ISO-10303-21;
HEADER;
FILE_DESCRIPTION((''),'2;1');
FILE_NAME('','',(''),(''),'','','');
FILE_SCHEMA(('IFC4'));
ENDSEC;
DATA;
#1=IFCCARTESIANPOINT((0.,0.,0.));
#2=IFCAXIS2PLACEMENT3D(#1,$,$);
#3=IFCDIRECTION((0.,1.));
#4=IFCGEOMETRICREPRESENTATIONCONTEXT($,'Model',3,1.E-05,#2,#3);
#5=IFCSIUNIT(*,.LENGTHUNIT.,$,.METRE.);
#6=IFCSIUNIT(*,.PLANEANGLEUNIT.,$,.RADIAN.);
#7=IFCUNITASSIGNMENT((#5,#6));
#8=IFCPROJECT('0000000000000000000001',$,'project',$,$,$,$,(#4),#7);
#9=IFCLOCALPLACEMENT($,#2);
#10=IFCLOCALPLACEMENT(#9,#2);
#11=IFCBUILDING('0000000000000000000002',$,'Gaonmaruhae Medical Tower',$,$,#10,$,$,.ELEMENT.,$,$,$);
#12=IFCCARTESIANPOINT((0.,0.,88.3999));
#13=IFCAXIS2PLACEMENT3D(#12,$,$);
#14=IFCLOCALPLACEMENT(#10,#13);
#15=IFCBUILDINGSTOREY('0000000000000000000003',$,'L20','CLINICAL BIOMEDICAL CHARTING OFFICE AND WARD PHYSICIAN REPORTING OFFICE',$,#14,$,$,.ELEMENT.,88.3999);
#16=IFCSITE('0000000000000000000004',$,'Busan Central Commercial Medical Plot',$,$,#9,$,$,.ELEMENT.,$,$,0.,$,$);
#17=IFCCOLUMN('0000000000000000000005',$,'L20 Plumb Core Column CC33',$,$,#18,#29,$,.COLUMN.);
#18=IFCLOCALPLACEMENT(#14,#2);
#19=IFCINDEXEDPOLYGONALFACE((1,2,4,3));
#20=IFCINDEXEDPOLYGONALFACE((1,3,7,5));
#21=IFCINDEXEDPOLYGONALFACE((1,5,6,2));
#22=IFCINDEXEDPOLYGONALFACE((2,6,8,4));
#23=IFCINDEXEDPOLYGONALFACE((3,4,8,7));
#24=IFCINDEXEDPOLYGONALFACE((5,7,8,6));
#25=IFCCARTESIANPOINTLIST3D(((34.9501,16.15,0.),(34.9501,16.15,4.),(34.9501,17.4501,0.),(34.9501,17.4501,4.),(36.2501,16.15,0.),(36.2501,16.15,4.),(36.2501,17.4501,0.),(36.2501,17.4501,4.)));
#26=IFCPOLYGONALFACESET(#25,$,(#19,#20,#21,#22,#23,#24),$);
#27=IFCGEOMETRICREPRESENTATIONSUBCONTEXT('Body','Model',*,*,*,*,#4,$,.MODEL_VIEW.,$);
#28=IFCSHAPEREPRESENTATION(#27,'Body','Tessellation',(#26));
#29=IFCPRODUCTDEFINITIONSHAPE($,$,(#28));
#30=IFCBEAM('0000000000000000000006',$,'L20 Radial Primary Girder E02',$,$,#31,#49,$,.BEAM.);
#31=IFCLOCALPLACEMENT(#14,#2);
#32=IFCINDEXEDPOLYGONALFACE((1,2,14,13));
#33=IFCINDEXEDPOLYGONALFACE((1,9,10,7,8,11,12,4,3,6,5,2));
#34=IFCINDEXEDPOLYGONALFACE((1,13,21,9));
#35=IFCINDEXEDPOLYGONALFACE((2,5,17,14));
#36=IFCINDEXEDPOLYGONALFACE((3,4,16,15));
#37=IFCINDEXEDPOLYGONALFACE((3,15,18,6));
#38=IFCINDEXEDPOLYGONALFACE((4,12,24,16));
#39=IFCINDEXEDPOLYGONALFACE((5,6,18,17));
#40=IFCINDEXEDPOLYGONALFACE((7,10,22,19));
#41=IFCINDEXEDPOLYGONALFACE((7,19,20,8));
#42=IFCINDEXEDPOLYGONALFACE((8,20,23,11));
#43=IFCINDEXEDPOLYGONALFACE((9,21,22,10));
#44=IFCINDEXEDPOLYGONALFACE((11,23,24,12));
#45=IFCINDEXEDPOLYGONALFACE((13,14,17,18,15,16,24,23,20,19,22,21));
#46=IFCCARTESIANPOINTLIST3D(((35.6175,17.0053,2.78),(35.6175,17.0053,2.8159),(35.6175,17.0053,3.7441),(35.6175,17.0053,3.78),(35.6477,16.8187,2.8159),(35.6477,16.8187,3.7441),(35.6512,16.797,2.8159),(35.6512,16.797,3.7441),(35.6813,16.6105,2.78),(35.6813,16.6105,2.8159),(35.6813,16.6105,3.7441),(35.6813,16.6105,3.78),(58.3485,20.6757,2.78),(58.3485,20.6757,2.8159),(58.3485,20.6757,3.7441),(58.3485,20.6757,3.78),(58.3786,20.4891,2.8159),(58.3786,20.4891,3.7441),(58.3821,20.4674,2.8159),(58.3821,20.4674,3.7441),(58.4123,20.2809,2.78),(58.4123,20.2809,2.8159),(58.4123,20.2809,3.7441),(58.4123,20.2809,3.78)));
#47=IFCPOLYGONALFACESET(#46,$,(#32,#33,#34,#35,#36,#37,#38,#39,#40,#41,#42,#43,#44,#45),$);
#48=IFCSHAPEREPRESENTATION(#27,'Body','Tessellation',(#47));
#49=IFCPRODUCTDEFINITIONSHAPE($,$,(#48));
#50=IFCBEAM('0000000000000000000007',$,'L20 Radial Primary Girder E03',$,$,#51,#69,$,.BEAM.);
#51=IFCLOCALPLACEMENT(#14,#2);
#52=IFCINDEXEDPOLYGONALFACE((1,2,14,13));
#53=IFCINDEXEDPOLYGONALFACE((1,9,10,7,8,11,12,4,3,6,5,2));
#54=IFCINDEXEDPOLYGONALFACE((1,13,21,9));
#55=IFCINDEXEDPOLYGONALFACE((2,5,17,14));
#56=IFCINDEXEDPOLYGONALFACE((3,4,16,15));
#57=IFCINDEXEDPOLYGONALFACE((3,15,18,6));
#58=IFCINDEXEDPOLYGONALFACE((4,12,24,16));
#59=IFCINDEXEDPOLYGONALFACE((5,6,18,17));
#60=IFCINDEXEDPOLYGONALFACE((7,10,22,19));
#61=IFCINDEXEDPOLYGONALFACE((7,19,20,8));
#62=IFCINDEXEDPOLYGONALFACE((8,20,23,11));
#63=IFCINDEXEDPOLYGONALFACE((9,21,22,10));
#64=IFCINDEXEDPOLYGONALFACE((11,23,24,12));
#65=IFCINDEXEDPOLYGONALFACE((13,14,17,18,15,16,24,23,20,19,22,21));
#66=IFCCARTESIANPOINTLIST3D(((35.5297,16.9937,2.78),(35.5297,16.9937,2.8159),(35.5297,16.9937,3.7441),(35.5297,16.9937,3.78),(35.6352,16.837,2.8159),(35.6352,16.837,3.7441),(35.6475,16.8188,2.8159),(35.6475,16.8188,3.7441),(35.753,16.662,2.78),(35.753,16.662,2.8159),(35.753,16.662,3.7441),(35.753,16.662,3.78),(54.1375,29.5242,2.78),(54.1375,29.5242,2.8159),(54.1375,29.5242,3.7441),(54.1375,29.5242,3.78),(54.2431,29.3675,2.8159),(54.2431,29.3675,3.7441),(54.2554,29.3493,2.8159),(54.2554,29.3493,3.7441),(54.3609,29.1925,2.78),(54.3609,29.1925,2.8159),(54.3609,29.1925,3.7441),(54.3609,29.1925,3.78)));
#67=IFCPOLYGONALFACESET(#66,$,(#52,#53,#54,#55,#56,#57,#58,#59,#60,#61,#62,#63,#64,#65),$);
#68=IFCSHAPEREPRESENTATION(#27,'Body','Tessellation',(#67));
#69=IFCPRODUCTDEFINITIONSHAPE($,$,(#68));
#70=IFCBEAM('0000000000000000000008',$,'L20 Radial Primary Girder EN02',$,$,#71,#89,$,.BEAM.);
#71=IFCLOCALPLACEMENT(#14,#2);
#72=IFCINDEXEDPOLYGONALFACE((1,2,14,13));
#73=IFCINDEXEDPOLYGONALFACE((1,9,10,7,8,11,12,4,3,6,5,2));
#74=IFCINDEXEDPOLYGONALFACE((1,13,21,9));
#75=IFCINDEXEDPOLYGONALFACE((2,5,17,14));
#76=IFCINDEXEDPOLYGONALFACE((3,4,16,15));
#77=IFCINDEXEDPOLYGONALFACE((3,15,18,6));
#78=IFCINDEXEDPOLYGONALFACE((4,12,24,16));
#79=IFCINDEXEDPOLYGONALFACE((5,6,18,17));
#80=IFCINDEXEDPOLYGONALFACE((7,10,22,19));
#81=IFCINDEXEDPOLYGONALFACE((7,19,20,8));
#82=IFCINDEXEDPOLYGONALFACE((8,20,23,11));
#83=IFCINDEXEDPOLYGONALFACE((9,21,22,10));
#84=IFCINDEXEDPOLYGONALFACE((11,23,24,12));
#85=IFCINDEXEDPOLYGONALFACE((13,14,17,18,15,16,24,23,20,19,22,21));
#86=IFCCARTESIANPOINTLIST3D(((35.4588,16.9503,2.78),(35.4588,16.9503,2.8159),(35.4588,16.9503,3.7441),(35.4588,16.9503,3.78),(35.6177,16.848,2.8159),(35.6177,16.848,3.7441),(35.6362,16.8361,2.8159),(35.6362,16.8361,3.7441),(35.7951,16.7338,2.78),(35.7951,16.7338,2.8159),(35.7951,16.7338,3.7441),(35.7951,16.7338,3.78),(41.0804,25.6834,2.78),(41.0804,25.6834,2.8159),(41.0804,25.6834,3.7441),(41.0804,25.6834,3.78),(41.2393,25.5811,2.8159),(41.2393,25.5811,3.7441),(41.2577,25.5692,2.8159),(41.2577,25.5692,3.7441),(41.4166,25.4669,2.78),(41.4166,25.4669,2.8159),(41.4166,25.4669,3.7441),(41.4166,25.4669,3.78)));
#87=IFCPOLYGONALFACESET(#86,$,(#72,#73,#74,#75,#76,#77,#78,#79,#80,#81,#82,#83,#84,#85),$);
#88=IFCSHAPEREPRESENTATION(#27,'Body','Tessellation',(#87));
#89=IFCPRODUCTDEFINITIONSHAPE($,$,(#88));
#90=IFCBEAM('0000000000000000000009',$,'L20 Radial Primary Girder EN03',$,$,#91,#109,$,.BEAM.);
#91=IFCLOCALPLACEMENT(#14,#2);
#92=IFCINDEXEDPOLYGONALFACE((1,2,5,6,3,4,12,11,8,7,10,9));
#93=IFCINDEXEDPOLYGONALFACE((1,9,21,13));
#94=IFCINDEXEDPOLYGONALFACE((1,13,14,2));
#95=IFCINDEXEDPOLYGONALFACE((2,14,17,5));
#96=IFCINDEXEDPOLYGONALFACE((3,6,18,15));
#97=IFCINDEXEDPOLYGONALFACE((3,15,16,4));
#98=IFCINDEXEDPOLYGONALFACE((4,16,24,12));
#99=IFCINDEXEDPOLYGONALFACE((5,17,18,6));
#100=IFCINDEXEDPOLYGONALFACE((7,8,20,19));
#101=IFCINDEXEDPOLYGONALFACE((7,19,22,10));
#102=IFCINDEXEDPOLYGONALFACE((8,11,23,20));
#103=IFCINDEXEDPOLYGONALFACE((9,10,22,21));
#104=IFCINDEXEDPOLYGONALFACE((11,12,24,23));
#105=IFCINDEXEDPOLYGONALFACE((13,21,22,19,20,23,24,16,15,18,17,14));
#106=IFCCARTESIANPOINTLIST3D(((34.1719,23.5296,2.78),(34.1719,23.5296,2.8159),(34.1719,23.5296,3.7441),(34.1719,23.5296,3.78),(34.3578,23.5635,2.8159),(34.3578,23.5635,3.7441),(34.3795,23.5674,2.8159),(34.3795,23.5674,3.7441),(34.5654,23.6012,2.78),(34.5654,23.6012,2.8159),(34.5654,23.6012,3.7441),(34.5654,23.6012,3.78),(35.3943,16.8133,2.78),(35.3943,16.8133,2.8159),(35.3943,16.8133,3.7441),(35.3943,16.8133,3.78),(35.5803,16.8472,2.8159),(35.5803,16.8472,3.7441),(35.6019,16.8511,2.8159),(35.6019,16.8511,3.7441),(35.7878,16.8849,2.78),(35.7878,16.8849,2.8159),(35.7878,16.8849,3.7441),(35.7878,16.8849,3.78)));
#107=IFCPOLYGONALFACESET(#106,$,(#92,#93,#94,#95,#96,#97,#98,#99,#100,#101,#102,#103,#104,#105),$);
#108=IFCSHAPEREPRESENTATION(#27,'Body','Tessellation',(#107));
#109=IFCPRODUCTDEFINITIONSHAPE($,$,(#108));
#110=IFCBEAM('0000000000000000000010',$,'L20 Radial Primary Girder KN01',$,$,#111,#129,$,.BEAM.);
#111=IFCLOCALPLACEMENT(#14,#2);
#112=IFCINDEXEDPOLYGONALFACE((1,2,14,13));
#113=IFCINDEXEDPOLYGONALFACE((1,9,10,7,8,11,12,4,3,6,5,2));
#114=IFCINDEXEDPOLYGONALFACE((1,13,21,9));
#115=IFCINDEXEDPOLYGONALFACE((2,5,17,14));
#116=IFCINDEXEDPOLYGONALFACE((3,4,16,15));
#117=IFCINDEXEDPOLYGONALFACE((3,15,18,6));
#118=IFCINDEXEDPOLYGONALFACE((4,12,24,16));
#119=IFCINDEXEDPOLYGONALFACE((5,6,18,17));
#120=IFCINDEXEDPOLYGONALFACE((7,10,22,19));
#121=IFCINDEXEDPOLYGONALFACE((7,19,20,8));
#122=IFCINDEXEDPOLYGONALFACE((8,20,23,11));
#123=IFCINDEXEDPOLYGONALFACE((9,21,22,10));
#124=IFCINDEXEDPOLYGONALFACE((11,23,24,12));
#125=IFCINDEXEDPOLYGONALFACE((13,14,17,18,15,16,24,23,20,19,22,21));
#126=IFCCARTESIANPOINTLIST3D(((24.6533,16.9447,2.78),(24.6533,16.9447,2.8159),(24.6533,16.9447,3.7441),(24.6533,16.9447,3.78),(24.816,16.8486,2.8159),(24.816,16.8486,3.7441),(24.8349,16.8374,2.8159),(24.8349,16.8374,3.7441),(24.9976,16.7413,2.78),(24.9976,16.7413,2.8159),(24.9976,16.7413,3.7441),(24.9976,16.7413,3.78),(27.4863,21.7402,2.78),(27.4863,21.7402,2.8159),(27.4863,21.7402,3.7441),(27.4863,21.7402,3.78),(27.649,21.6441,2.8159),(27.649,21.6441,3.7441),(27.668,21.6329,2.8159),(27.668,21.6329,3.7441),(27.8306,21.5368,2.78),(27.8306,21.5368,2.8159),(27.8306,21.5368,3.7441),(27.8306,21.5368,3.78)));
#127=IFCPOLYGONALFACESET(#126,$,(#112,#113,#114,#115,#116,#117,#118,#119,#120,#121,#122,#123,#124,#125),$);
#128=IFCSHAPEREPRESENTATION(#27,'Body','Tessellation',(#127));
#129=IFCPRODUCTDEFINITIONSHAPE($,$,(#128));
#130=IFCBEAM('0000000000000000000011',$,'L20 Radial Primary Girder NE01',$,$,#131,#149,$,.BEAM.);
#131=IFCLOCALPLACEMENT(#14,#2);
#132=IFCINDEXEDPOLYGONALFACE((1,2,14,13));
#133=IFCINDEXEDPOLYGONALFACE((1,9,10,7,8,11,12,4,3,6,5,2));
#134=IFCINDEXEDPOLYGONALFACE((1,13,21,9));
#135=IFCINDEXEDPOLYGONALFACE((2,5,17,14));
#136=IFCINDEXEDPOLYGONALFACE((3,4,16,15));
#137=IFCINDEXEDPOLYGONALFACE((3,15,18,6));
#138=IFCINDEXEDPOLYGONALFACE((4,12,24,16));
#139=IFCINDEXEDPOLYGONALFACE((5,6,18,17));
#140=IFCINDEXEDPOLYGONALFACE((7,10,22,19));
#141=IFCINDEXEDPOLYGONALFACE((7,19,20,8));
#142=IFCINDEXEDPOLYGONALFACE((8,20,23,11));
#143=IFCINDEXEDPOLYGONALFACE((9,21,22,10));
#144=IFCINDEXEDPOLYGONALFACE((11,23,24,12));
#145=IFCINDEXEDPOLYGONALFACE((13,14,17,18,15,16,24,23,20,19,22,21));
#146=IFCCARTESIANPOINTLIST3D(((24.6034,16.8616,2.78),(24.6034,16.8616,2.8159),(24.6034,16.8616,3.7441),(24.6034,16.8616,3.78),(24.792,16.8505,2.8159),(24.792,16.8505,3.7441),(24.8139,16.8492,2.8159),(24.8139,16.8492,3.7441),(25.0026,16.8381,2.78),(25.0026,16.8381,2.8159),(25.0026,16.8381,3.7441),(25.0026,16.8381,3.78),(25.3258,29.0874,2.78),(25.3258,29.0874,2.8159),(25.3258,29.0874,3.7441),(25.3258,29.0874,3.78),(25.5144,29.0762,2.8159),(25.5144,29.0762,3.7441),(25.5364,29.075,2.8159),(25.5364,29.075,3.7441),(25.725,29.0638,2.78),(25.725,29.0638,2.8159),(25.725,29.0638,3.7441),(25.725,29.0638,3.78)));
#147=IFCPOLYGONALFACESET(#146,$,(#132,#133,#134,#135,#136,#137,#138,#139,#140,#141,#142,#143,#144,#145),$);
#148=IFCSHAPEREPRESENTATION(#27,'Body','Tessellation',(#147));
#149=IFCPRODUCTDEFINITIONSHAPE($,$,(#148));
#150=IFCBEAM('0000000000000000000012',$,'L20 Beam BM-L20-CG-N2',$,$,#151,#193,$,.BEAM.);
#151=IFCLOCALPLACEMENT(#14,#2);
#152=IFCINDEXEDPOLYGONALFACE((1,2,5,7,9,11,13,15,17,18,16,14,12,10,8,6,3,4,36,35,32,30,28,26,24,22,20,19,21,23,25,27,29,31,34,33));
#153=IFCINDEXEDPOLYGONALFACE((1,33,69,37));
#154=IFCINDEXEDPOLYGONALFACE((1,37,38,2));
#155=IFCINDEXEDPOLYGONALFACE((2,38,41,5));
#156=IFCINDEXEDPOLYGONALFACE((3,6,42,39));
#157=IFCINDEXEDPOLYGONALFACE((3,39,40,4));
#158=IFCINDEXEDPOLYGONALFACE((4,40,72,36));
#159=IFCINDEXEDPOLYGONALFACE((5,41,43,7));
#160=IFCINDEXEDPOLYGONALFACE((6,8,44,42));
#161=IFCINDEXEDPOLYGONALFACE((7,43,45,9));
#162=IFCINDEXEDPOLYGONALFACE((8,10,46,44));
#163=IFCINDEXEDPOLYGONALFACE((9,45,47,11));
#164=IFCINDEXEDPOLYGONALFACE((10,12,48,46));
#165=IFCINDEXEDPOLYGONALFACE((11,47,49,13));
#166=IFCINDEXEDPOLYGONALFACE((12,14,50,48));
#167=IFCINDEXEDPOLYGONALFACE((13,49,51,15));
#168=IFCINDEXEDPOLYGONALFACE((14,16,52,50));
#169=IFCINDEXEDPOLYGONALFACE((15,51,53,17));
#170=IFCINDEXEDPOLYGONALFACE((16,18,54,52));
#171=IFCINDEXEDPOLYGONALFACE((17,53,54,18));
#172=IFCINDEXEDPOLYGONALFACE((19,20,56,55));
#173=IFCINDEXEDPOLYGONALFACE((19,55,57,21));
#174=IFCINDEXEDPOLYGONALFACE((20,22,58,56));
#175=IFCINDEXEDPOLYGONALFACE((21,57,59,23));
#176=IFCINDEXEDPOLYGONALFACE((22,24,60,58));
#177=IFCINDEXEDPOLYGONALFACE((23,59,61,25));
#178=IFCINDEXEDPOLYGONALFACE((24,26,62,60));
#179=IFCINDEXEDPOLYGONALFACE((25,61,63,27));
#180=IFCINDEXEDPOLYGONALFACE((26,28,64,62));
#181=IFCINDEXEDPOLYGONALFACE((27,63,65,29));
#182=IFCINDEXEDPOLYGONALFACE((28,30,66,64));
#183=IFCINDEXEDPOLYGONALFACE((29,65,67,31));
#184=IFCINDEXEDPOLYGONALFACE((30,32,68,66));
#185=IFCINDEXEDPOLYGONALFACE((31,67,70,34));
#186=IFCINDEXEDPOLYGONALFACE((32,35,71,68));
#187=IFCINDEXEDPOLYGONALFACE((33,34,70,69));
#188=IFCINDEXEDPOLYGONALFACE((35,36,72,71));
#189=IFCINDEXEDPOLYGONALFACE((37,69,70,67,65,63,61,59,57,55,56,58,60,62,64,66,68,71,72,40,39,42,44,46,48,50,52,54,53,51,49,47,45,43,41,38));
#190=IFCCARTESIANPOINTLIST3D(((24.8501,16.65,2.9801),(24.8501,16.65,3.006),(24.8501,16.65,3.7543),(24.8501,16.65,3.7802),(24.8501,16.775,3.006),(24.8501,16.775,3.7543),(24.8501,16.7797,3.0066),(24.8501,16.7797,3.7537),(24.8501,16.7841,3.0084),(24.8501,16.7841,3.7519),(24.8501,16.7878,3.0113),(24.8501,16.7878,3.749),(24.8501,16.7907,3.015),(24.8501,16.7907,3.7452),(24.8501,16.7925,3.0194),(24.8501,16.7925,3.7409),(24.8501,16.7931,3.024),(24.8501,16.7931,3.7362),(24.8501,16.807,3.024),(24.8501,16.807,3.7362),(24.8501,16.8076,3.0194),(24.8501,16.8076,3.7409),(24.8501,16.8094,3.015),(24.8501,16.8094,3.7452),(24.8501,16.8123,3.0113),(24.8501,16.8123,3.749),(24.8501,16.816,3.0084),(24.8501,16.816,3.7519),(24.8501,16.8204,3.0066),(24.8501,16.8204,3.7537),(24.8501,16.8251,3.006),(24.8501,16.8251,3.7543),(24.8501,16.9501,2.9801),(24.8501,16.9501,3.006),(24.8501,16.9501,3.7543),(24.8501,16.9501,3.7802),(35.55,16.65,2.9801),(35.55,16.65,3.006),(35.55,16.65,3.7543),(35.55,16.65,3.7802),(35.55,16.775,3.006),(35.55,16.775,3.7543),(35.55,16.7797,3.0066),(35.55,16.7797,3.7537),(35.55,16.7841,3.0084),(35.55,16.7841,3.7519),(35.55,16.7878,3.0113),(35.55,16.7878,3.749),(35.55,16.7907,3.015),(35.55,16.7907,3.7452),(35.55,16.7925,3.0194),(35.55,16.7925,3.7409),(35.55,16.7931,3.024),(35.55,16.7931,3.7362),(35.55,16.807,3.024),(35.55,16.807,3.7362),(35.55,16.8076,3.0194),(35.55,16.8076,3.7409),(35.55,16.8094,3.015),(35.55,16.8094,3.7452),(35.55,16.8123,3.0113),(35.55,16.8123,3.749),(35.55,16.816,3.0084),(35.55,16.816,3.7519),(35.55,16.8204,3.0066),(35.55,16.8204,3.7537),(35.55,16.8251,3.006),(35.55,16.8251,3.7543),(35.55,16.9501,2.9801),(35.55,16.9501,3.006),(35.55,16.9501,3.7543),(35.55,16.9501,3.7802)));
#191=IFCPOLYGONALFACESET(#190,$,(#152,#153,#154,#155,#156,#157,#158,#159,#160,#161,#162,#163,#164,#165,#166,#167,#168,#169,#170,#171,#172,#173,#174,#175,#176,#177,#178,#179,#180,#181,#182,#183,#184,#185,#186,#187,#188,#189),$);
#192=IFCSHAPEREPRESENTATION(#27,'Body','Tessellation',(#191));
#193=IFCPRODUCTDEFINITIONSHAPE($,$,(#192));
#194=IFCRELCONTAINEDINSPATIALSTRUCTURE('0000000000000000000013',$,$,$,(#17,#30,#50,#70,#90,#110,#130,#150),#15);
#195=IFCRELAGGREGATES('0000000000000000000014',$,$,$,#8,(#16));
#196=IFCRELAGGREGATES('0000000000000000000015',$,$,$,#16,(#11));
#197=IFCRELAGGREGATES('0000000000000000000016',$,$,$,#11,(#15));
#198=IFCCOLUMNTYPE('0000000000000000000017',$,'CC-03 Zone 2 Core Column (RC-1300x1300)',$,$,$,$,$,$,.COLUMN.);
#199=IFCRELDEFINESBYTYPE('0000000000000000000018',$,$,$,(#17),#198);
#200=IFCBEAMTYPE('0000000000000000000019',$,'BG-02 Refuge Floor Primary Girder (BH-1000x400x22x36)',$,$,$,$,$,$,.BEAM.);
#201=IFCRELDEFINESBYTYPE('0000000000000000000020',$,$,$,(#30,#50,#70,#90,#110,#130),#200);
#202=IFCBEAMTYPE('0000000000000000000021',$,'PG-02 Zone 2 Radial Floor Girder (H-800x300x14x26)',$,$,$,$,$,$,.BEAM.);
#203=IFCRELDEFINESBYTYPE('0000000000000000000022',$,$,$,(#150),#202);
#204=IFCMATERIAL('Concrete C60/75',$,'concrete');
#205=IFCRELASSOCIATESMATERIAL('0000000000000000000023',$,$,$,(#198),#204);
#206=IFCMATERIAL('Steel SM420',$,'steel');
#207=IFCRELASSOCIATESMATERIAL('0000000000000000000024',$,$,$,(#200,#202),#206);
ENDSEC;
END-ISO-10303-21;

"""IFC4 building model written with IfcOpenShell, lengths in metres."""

from ifc_helpers import new_model, si_unit, direction, frame, origin, origin_2d, place, context, subcontext, project, spatial, rectangle, i_section, extrude, material, material_profile, profile_set, type_object, element, save


model = new_model("IFC4")

# Units and contexts
model_context = context("Model", 3, precision=1e-05, world=origin(), true_north=direction((0.0, 1.0)))
body_context = subcontext(model_context, "Body", "Model", "MODEL_VIEW")
ifc_project = project(units=[si_unit("LENGTHUNIT", "METRE"), si_unit("PLANEANGLEUNIT", "RADIAN")], contexts=[model_context])

# Site, building, storey
site_placement = place(None, origin())
site = spatial("IfcSite", under=ifc_project, at=site_placement, Name="Busan Central Commercial Medical Plot", CompositionType="ELEMENT", RefElevation=0.0)
building_placement = place(site_placement, origin())
building = spatial("IfcBuilding", under=site, at=building_placement, Name="Gaonmaruhae Medical Tower", CompositionType="ELEMENT")
storey_placement = place(building_placement, frame((0.0, 0.0, 88.3999)))
storey = spatial("IfcBuildingStorey", under=building, at=storey_placement, Name="L20", Description="CLINICAL BIOMEDICAL CHARTING OFFICE AND WARD PHYSICIAN REPORTING OFFICE", CompositionType="ELEMENT", Elevation=88.3999)

# Column
ifc_material_1 = material(Name="Concrete C60/75", Category="concrete")
ifc_material_profile_1 = material_profile(ifc_material_1, rectangle(XDim=1.3, YDim=1.3, at=origin_2d()), Name="RC-1300x1300")
ifc_profile_set_1 = profile_set([ifc_material_profile_1], Name="Concrete C60/75")
column_type = type_object("IfcColumnType", Name="CC-03 Zone 2 Core Column (RC-1300x1300)", PredefinedType="COLUMN", material=ifc_profile_set_1)
column_placement = place(storey_placement, frame((35.6001, 16.8, 0.0), z_axis=(0.0, 0.0, 1.0), x_axis=(1.0, 0.0, 0.0)))
element("IfcColumn", 1, at=column_placement, inside=storey, type_object=column_type, Name="L20 Plumb Core Column CC33", PredefinedType="COLUMN", context=body_context, shape_type="SweptSolid", body=[
    extrude(rectangle(XDim=1.3, YDim=1.3, at=origin_2d()), origin(), (0.0, 0.0, 1.0), 4.0),
])

# Beams
ifc_material_2 = material(Name="Steel SM420", Category="steel")
ifc_material_profile_2 = material_profile(ifc_material_2, i_section(OverallWidth=0.3999, OverallDepth=1.0, WebThickness=0.022, FlangeThickness=0.0359, at=origin_2d()), Name="BH-1000x400x22x36")
ifc_profile_set_2 = profile_set([ifc_material_profile_2], Name="Steel SM420")
beam_type_1 = type_object("IfcBeamType", Name="BG-02 Refuge Floor Primary Girder (BH-1000x400x22x36)", PredefinedType="BEAM", material=ifc_profile_set_2)
beam_1_placement = place(storey_placement, frame((35.6494, 16.8079, 3.28), z_axis=(0.987213, 0.159407, 0.0), x_axis=(-0.159407, 0.987213, 0.0)))
element("IfcBeam", 2, at=beam_1_placement, inside=storey, type_object=beam_type_1, Name="L20 Radial Primary Girder E02", PredefinedType="BEAM", context=body_context, shape_type="SweptSolid", body=[
    extrude(i_section(OverallWidth=0.3999, OverallDepth=1.0, WebThickness=0.022, FlangeThickness=0.0359, at=origin_2d()), origin(), (0.0, 0.0, 1.0), 23.0254),
])
beam_2_placement = place(storey_placement, frame((35.6414, 16.8279, 3.28), z_axis=(0.829465, 0.558559, 0.0), x_axis=(-0.558559, 0.829465, 0.0)))
element("IfcBeam", 3, at=beam_2_placement, inside=storey, type_object=beam_type_1, Name="L20 Radial Primary Girder E03", PredefinedType="BEAM", context=body_context, shape_type="SweptSolid", body=[
    extrude(i_section(OverallWidth=0.3999, OverallDepth=1.0, WebThickness=0.022, FlangeThickness=0.0359, at=origin_2d()), origin(), (0.0, 0.0, 1.0), 22.4336),
])
beam_3_placement = place(storey_placement, frame((35.627, 16.842, 3.28), z_axis=(0.541262, 0.840854, 0.0), x_axis=(-0.840854, 0.541262, 0.0)))
element("IfcBeam", 4, at=beam_3_placement, inside=storey, type_object=beam_type_1, Name="L20 Radial Primary Girder EN02", PredefinedType="BEAM", context=body_context, shape_type="SweptSolid", body=[
    extrude(i_section(OverallWidth=0.3999, OverallDepth=1.0, WebThickness=0.022, FlangeThickness=0.0359, at=origin_2d()), origin(), (0.0, 0.0, 1.0), 10.386),
])
beam_4_placement = place(storey_placement, frame((35.5911, 16.8491, 3.28), z_axis=(-0.179065, 0.983837, 0.0), x_axis=(-0.983837, -0.179065, 0.0)))
element("IfcBeam", 5, at=beam_4_placement, inside=storey, type_object=beam_type_1, Name="L20 Radial Primary Girder EN03", PredefinedType="BEAM", context=body_context, shape_type="SweptSolid", body=[
    extrude(i_section(OverallWidth=0.3999, OverallDepth=1.0, WebThickness=0.022, FlangeThickness=0.0359, at=origin_2d()), origin(), (0.0, 0.0, 1.0), 6.8267),
])
beam_5_placement = place(storey_placement, frame((24.8254, 16.843, 3.28), z_axis=(0.508644, 0.860977, 0.0), x_axis=(-0.860977, 0.508644, 0.0)))
element("IfcBeam", 6, at=beam_5_placement, inside=storey, type_object=beam_type_1, Name="L20 Radial Primary Girder KN01", PredefinedType="BEAM", context=body_context, shape_type="SweptSolid", body=[
    extrude(i_section(OverallWidth=0.3999, OverallDepth=1.0, WebThickness=0.022, FlangeThickness=0.0359, at=origin_2d()), origin(), (0.0, 0.0, 1.0), 5.5698),
])
beam_6_placement = place(storey_placement, frame((24.803, 16.8499, 3.28), z_axis=(0.058986, 0.998259, 0.0), x_axis=(-0.998259, 0.058986, 0.0)))
element("IfcBeam", 7, at=beam_6_placement, inside=storey, type_object=beam_type_1, Name="L20 Radial Primary Girder NE01", PredefinedType="BEAM", context=body_context, shape_type="SweptSolid", body=[
    extrude(i_section(OverallWidth=0.3999, OverallDepth=1.0, WebThickness=0.022, FlangeThickness=0.0359, at=origin_2d()), origin(), (0.0, 0.0, 1.0), 12.2471),
])
ifc_material_profile_3 = material_profile(ifc_material_2, i_section(OverallWidth=0.3, OverallDepth=0.8, WebThickness=0.0139, FlangeThickness=0.0259, FilletRadius=0.0181, at=origin_2d()), Name="H-800x300x14x26")
ifc_profile_set_3 = profile_set([ifc_material_profile_3], Name="Steel SM420")
beam_type_2 = type_object("IfcBeamType", Name="PG-02 Zone 2 Radial Floor Girder (H-800x300x14x26)", PredefinedType="BEAM", material=ifc_profile_set_3)
beam_7_placement = place(storey_placement, frame((24.8501, 16.8, 3.3801), z_axis=(1.0, 0.0, 0.0), x_axis=(0.0, 1.0, 0.0)))
element("IfcBeam", 8, at=beam_7_placement, inside=storey, type_object=beam_type_2, Name="L20 Beam BM-L20-CG-N2", PredefinedType="BEAM", context=body_context, shape_type="SweptSolid", body=[
    extrude(i_section(OverallWidth=0.3, OverallDepth=0.8, WebThickness=0.0139, FlangeThickness=0.0259, FilletRadius=0.0181, at=origin_2d()), origin(), (0.0, 0.0, 1.0), 10.7),
])

save(model, "model.ifc")
